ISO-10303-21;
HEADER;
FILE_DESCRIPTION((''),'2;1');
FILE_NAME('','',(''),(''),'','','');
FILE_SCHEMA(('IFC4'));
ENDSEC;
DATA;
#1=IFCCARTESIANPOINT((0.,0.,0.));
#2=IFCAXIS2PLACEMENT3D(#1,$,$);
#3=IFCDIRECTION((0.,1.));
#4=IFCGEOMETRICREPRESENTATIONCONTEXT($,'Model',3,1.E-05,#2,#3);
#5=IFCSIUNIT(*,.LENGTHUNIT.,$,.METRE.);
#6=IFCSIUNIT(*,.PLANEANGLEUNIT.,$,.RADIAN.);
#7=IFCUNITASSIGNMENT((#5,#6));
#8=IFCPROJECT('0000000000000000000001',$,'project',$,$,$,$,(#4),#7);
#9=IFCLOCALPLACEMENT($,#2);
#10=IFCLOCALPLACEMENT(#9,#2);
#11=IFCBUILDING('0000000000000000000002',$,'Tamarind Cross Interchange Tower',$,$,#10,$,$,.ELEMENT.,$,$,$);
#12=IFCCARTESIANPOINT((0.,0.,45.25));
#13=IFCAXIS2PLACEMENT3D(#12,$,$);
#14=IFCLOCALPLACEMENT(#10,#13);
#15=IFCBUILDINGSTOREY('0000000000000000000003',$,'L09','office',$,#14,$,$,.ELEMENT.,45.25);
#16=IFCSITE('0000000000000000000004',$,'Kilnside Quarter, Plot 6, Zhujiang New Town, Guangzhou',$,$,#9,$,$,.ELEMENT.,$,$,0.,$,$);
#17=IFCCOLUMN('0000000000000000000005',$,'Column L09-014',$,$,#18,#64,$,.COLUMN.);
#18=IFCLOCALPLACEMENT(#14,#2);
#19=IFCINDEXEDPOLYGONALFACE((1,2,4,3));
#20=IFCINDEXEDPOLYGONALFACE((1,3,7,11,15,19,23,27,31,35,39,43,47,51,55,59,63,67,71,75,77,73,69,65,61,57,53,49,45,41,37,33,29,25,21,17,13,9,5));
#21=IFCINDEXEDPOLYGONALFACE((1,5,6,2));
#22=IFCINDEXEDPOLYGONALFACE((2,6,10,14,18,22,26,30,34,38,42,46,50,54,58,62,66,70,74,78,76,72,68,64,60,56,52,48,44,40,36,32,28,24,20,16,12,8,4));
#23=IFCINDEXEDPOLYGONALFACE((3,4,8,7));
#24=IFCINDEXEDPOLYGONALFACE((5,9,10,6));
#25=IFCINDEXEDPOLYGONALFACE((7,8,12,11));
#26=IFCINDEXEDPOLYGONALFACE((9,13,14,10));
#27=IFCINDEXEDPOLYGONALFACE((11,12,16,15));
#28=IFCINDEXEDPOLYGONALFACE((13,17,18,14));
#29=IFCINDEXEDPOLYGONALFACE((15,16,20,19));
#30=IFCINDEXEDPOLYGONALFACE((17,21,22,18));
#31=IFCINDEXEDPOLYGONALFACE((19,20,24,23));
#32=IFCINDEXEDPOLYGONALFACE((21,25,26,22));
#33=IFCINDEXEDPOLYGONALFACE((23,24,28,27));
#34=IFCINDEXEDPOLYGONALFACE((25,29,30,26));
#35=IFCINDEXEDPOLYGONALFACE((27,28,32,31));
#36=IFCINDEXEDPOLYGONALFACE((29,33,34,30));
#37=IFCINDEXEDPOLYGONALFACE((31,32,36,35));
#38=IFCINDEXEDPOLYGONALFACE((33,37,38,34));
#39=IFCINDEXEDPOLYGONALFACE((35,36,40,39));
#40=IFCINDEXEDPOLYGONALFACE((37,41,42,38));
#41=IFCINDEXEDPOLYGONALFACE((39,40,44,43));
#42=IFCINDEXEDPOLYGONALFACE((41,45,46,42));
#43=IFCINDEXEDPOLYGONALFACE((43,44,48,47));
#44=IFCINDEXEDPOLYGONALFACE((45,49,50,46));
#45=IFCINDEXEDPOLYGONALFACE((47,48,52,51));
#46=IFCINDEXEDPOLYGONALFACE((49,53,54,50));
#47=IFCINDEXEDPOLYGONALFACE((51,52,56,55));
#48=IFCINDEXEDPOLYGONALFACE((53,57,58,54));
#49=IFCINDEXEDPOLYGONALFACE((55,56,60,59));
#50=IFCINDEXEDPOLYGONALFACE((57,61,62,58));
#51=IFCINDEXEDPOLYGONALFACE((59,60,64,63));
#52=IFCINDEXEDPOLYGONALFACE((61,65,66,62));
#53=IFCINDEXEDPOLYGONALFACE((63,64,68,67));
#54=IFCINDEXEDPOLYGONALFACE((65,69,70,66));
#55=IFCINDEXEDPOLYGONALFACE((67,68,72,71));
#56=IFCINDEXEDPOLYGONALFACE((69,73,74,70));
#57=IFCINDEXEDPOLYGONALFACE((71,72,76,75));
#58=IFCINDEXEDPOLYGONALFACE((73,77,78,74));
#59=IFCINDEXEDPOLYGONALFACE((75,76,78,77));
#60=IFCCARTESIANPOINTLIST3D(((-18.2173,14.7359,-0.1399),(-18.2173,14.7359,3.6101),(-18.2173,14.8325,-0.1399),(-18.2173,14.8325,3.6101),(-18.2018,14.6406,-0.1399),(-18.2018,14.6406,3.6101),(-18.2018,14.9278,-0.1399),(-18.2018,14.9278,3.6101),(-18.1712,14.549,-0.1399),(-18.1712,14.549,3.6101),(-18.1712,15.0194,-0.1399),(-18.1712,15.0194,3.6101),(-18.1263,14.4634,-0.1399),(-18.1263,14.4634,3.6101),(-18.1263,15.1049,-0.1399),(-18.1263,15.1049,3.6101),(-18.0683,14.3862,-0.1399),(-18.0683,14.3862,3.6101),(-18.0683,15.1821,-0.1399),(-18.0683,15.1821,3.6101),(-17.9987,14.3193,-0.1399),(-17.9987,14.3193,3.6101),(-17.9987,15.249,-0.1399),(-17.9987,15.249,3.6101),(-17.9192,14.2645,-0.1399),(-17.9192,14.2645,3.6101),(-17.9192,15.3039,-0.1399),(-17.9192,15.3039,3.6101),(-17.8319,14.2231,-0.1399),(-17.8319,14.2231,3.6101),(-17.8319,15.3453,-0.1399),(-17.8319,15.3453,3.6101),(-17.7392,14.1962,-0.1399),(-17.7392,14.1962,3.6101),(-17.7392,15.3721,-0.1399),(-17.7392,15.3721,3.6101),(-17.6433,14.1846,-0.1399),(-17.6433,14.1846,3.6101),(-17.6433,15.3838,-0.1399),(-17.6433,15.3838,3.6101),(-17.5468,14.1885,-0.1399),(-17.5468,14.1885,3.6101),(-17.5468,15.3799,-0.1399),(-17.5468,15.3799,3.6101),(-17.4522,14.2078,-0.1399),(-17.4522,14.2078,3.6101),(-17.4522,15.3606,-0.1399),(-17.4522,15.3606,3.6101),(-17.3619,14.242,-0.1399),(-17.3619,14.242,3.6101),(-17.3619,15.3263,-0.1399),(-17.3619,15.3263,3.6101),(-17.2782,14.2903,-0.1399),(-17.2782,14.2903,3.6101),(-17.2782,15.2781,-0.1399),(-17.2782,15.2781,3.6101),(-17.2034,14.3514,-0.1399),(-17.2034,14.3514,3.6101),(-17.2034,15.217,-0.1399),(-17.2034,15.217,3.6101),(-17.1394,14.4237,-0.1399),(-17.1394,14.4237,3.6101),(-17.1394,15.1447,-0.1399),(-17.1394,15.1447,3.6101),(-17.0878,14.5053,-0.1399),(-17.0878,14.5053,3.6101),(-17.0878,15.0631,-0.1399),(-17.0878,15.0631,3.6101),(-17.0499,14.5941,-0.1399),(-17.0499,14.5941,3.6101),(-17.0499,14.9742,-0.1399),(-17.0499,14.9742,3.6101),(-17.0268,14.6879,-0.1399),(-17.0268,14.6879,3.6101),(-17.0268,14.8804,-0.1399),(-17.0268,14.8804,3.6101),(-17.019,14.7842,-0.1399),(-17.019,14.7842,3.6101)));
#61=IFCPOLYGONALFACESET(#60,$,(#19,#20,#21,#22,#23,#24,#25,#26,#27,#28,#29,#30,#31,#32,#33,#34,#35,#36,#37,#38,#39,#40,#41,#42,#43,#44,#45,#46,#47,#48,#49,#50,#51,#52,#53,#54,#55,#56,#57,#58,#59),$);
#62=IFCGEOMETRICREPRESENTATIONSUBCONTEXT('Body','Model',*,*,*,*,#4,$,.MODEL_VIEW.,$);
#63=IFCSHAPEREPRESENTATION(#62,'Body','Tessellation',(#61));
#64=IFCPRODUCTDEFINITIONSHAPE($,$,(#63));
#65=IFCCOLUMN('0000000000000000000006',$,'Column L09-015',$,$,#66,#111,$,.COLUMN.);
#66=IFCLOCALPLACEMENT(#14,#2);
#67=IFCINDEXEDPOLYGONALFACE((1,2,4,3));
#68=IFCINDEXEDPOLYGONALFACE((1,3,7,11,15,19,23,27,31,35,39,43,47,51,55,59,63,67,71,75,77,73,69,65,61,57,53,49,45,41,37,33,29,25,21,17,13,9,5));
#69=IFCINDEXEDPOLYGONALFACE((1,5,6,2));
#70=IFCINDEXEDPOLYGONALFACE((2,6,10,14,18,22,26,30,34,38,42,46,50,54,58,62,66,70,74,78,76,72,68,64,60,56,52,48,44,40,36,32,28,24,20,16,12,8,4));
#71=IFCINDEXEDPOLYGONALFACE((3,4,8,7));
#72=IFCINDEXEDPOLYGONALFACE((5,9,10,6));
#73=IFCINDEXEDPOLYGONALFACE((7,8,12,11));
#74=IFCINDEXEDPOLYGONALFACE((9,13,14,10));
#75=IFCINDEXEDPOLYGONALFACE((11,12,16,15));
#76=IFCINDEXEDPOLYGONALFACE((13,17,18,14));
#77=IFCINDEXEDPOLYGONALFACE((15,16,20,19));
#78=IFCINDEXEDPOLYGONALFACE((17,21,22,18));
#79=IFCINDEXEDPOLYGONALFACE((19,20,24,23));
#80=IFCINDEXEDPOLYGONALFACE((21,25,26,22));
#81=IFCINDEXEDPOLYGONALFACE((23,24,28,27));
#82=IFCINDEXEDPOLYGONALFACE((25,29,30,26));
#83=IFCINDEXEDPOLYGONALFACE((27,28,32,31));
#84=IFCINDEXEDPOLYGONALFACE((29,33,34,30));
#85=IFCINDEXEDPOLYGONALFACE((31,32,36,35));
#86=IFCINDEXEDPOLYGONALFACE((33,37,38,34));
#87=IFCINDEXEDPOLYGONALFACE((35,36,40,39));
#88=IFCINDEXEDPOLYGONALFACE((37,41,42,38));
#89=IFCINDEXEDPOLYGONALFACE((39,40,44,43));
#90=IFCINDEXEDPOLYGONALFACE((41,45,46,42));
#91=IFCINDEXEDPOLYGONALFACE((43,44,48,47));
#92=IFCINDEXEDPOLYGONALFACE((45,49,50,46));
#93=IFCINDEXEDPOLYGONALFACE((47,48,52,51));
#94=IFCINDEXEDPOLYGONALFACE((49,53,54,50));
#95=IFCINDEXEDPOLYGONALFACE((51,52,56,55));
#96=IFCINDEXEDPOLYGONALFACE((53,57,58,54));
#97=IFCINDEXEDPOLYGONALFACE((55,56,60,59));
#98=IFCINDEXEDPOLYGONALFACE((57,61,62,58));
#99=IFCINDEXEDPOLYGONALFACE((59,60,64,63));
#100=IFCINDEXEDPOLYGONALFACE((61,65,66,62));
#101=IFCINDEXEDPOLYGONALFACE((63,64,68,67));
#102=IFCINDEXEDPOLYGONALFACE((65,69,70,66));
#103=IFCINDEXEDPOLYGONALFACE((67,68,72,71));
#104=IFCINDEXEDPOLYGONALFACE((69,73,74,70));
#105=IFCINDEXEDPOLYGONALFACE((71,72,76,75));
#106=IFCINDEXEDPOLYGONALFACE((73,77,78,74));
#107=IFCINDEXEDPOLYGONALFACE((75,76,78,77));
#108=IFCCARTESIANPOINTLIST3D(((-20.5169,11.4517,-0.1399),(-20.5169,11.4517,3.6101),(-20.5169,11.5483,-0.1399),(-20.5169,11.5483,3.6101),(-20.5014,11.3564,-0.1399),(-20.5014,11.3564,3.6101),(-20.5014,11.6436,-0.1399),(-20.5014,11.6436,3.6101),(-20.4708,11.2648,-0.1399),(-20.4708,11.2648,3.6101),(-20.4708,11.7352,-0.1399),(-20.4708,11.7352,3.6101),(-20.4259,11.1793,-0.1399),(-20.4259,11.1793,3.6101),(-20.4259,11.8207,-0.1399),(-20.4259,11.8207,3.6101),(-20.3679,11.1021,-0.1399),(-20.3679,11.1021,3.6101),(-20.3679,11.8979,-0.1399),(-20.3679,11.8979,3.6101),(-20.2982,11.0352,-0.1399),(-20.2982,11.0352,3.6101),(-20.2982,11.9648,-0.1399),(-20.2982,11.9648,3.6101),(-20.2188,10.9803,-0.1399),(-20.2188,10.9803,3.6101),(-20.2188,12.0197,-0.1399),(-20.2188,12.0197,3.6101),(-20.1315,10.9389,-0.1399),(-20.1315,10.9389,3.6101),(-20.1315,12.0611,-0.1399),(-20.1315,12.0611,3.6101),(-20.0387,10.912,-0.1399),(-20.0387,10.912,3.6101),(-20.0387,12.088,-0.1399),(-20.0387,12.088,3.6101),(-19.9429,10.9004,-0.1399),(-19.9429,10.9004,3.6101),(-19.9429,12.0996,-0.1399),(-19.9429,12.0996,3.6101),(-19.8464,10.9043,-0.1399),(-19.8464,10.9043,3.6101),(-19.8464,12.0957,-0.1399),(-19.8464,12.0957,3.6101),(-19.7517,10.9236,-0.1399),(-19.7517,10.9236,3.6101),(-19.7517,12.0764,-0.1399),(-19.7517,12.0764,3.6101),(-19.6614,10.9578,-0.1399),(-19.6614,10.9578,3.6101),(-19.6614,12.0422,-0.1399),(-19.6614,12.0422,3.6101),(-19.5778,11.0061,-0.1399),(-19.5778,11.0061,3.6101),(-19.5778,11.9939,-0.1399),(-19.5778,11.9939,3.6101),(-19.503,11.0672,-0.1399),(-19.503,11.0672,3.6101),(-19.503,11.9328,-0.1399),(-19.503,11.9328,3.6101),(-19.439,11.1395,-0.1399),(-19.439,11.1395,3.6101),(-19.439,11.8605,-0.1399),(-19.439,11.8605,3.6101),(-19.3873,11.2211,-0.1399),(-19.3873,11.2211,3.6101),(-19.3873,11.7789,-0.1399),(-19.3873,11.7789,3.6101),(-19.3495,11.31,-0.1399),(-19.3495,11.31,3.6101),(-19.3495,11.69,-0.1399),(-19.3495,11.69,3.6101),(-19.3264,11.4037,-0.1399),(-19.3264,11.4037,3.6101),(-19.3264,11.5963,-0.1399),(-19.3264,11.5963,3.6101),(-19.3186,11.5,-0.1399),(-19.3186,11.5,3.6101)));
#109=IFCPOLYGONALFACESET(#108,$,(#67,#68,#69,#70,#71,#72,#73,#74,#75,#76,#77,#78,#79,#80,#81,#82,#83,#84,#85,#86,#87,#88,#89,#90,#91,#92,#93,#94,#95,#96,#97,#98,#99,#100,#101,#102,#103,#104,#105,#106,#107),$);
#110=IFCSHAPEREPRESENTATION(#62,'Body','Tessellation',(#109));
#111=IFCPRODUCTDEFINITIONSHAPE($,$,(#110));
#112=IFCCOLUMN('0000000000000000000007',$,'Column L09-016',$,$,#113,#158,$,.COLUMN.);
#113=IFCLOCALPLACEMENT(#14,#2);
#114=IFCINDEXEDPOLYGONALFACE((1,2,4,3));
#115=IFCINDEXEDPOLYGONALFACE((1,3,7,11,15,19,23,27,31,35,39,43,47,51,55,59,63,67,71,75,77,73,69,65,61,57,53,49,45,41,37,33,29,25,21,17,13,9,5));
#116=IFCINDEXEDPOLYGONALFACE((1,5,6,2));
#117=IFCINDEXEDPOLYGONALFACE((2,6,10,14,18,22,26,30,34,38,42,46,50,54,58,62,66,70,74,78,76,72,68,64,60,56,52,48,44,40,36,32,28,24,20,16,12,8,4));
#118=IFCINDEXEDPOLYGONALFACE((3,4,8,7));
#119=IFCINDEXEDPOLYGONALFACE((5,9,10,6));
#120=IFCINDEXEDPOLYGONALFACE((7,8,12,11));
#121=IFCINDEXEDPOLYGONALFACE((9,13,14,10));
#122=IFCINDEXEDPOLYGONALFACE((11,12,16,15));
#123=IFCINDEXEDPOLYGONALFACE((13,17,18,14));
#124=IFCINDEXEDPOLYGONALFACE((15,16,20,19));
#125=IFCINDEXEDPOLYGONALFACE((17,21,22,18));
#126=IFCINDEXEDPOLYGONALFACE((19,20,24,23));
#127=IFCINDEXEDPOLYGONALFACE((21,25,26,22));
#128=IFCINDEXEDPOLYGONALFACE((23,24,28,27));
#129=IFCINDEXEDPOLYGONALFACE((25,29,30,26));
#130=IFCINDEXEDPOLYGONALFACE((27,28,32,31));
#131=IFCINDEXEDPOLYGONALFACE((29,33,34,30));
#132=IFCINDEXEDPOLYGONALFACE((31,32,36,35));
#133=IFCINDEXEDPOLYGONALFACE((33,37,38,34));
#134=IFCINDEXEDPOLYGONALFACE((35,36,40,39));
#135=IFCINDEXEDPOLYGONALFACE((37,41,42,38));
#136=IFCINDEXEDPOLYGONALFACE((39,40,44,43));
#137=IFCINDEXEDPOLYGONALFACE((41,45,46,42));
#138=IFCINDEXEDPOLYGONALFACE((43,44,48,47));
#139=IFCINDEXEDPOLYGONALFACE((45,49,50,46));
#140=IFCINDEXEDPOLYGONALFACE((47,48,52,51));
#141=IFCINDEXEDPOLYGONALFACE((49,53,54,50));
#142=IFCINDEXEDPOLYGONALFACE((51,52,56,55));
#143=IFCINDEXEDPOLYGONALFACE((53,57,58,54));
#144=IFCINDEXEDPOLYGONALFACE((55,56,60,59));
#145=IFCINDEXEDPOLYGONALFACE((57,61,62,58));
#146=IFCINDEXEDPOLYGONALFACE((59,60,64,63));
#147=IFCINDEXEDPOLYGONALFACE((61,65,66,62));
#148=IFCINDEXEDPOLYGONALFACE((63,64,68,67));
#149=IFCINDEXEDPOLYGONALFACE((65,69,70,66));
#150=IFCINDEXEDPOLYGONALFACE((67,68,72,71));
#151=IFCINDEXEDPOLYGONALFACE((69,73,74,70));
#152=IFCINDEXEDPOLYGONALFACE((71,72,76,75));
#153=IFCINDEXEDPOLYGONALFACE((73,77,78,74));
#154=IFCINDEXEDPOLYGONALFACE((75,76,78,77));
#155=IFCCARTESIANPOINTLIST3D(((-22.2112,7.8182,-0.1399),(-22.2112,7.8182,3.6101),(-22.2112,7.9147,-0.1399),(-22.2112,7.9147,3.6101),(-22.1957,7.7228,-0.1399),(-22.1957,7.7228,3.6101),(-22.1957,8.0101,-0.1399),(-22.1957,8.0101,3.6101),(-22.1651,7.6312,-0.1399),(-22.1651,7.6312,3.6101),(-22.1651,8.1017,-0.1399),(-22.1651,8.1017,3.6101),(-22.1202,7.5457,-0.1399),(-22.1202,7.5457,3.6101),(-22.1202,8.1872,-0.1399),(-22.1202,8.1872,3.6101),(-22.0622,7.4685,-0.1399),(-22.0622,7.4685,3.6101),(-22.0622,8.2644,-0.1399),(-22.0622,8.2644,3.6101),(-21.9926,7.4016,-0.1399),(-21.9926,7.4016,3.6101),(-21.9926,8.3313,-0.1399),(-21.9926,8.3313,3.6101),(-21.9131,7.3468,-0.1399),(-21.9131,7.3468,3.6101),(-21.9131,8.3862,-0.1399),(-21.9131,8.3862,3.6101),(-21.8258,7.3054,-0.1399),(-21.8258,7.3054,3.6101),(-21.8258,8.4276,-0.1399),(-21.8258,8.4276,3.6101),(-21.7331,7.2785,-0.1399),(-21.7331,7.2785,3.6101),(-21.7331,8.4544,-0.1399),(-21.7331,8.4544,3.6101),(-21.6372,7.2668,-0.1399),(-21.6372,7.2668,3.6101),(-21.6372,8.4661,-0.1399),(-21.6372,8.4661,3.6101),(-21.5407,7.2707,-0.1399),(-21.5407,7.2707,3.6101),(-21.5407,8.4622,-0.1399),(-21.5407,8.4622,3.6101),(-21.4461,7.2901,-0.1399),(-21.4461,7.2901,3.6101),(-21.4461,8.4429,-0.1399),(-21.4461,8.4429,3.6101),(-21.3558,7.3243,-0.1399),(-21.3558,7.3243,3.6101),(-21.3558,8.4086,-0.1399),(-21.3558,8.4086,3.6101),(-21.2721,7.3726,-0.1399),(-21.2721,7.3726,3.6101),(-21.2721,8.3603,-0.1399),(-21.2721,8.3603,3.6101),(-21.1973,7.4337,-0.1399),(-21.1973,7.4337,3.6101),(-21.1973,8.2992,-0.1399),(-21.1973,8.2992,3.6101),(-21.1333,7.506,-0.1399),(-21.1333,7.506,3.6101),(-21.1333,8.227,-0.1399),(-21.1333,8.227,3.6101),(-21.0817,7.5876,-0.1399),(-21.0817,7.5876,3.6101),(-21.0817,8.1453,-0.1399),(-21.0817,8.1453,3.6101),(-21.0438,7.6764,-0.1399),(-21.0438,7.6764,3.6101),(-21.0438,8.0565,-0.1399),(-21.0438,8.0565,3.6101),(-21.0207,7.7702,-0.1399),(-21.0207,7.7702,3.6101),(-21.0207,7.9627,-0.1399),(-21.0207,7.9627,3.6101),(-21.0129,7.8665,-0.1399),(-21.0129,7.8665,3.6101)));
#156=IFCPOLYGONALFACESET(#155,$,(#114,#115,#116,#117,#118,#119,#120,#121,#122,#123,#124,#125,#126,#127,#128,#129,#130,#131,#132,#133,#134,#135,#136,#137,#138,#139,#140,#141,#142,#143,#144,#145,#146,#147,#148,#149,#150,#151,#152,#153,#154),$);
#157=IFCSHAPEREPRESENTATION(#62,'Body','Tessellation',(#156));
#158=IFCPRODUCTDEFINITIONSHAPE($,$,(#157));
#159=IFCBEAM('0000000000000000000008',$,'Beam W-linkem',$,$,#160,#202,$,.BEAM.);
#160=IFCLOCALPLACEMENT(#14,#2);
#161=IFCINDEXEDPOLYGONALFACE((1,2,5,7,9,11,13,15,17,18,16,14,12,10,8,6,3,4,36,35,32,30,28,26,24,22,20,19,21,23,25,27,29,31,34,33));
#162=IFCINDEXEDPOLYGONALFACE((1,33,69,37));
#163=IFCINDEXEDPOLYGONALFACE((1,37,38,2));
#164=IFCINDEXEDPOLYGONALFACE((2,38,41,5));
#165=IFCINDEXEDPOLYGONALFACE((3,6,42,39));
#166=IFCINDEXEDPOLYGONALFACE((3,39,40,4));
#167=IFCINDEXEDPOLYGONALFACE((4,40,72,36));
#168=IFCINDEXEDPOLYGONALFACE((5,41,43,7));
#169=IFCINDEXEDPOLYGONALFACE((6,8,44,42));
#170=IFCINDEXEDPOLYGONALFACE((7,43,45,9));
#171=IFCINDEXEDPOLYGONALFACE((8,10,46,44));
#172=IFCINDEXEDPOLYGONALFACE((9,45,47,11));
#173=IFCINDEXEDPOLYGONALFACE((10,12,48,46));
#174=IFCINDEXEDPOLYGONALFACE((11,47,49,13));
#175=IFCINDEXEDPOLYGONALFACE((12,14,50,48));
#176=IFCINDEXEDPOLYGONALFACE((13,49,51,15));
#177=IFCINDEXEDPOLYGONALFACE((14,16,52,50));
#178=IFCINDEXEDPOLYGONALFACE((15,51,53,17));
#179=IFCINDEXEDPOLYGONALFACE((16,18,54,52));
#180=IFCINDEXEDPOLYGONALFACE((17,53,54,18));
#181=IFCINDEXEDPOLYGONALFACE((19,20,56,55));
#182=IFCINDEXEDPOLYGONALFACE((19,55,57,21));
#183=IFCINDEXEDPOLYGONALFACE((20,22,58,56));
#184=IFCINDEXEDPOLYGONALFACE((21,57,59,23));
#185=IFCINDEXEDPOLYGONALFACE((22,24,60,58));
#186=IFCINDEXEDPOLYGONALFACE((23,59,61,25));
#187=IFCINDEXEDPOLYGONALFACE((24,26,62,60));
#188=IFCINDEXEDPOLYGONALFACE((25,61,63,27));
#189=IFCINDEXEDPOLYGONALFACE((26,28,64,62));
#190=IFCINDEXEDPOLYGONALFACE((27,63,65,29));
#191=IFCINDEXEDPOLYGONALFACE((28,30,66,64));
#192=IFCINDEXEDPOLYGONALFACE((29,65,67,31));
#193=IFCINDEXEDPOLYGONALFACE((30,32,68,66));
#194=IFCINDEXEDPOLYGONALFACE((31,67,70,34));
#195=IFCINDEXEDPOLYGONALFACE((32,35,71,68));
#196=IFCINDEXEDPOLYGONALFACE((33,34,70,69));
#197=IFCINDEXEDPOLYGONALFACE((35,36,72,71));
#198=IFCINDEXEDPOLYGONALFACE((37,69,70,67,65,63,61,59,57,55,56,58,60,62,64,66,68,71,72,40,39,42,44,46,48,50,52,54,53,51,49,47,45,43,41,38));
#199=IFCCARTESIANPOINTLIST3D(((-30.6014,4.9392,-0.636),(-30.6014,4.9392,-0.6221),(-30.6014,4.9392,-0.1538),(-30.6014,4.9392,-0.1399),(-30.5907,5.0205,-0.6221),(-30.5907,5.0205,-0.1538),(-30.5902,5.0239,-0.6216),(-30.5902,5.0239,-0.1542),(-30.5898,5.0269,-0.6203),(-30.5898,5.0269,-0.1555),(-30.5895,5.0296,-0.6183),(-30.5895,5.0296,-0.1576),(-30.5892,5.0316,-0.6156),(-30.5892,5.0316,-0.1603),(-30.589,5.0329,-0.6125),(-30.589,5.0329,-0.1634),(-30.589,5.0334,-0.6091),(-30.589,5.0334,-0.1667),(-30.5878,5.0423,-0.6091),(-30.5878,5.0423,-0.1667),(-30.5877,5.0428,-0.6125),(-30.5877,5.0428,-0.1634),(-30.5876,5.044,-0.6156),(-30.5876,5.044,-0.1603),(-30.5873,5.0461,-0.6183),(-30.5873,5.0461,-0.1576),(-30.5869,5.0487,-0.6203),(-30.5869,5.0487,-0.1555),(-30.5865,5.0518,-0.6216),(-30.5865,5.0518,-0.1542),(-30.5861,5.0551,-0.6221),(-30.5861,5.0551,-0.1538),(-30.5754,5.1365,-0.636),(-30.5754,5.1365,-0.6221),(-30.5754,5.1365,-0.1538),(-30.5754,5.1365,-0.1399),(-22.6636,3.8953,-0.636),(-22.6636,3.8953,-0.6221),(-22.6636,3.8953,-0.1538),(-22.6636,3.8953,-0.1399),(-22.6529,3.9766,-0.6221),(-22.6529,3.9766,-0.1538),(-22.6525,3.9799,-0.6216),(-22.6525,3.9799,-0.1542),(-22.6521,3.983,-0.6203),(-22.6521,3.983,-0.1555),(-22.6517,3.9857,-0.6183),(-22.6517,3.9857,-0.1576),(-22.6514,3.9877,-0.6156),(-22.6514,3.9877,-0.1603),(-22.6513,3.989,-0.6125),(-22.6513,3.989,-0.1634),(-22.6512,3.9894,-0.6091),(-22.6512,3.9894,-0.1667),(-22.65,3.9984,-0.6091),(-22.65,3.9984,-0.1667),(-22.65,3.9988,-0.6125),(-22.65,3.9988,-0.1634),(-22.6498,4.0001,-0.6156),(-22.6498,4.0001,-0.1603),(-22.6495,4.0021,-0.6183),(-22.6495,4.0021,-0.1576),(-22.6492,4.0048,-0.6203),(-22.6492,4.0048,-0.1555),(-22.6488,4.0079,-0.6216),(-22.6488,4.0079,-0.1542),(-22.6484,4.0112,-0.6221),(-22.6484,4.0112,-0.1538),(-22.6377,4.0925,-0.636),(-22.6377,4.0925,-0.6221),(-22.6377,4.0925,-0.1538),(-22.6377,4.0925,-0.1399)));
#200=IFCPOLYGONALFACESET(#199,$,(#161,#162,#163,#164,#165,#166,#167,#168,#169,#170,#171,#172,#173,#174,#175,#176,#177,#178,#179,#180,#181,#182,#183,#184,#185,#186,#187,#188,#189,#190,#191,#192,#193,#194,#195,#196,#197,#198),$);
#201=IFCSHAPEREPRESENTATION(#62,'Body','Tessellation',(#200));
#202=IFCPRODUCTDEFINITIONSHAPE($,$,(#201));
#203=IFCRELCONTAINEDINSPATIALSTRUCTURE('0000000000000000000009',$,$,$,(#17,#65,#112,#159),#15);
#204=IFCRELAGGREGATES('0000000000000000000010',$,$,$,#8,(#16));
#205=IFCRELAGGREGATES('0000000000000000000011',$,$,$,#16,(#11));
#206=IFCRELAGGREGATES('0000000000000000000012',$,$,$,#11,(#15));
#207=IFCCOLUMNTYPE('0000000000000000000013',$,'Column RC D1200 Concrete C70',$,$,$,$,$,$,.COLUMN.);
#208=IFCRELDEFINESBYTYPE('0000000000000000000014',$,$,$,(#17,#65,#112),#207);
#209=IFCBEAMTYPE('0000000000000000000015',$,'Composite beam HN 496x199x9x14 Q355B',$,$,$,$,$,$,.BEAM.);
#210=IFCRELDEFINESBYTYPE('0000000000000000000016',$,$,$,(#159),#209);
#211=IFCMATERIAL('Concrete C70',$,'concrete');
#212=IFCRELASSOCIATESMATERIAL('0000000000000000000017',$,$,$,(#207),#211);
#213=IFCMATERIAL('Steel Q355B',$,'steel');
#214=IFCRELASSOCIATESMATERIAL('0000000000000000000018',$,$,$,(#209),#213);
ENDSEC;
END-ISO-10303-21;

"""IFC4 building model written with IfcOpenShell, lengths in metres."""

from ifc_helpers import new_model, si_unit, direction, frame, origin, origin_2d, place, context, subcontext, project, spatial, circle, i_section, extrude, material, material_profile, profile_set, type_object, element, save


model = new_model("IFC4")

# Units and contexts
model_context = context("Model", 3, precision=1e-05, world=origin(), true_north=direction((0.0, 1.0)))
body_context = subcontext(model_context, "Body", "Model", "MODEL_VIEW")
ifc_project = project(units=[si_unit("LENGTHUNIT", "METRE"), si_unit("PLANEANGLEUNIT", "RADIAN")], contexts=[model_context])

# Site, building, storey
site_placement = place(None, origin())
site = spatial("IfcSite", under=ifc_project, at=site_placement, Name="Kilnside Quarter, Plot 6, Zhujiang New Town, Guangzhou", CompositionType="ELEMENT", RefElevation=0.0)
building_placement = place(site_placement, origin())
building = spatial("IfcBuilding", under=site, at=building_placement, Name="Tamarind Cross Interchange Tower", CompositionType="ELEMENT")
storey_placement = place(building_placement, frame((0.0, 0.0, 45.25)))
storey = spatial("IfcBuildingStorey", under=building, at=storey_placement, Name="L09", Description="office", CompositionType="ELEMENT", Elevation=45.25)

# Columns
ifc_material_1 = material(Name="Concrete C70", Category="concrete")
ifc_material_profile_1 = material_profile(ifc_material_1, circle(Radius=0.6001, at=origin_2d()), Name="RC D1200")
ifc_profile_set_1 = profile_set([ifc_material_profile_1], Name="Concrete C70")
column_type_1 = type_object("IfcColumnType", Name="Column RC D1200 Concrete C70", PredefinedType="COLUMN", material=ifc_profile_set_1)
for number, where, z_axis, x_axis, name in (
    (1, (-17.6191, 14.7842, -0.1399), (0.0, 0.0, 1.0), (1.0, 0.0, 0.0), "Column L09-014"),
    (2, (-19.9187, 11.5, -0.1399), (0.0, 0.0, 1.0), (1.0, 0.0, 0.0), "Column L09-015"),
    (3, (-21.613, 7.8665, -0.1399), (0.0, 0.0, 1.0), (1.0, 0.0, 0.0), "Column L09-016"),
):
    element("IfcColumn", number, at=place(storey_placement, frame(where, z_axis=z_axis, x_axis=x_axis)), inside=storey, type_object=column_type_1, Name=name, PredefinedType="COLUMN", context=body_context, shape_type="SweptSolid", body=[
        extrude(circle(Radius=0.6001, at=origin_2d()), origin(), (0.0, 0.0, 1.0), 3.75),
    ])

# Beam
ifc_material_2 = material(Name="Steel Q355B", Category="steel")
ifc_material_profile_2 = material_profile(ifc_material_2, i_section(OverallWidth=0.199, OverallDepth=0.4961, WebThickness=0.009, FlangeThickness=0.0139, FilletRadius=0.0129, at=origin_2d()), Name="HN 496x199x9x14")
ifc_profile_set_2 = profile_set([ifc_material_profile_2], Name="Steel Q355B")
beam_type_1 = type_object("IfcBeamType", Name="Composite beam HN 496x199x9x14 Q355B", PredefinedType="BEAM", material=ifc_profile_set_2)
beam_1_placement = place(storey_placement, frame((-30.5884, 5.0378, -0.3879), z_axis=(0.991462, -0.130394, 0.0), x_axis=(0.130394, 0.991462, 0.0)))
element("IfcBeam", 4, at=beam_1_placement, inside=storey, type_object=beam_type_1, Name="Beam W-linkem", PredefinedType="BEAM", context=body_context, shape_type="SweptSolid", body=[
    extrude(i_section(OverallWidth=0.199, OverallDepth=0.4961, WebThickness=0.009, FlangeThickness=0.0139, FilletRadius=0.0129, at=origin_2d()), origin(), (0.0, 0.0, 1.0), 8.0061),
])

save(model, "model.ifc")
